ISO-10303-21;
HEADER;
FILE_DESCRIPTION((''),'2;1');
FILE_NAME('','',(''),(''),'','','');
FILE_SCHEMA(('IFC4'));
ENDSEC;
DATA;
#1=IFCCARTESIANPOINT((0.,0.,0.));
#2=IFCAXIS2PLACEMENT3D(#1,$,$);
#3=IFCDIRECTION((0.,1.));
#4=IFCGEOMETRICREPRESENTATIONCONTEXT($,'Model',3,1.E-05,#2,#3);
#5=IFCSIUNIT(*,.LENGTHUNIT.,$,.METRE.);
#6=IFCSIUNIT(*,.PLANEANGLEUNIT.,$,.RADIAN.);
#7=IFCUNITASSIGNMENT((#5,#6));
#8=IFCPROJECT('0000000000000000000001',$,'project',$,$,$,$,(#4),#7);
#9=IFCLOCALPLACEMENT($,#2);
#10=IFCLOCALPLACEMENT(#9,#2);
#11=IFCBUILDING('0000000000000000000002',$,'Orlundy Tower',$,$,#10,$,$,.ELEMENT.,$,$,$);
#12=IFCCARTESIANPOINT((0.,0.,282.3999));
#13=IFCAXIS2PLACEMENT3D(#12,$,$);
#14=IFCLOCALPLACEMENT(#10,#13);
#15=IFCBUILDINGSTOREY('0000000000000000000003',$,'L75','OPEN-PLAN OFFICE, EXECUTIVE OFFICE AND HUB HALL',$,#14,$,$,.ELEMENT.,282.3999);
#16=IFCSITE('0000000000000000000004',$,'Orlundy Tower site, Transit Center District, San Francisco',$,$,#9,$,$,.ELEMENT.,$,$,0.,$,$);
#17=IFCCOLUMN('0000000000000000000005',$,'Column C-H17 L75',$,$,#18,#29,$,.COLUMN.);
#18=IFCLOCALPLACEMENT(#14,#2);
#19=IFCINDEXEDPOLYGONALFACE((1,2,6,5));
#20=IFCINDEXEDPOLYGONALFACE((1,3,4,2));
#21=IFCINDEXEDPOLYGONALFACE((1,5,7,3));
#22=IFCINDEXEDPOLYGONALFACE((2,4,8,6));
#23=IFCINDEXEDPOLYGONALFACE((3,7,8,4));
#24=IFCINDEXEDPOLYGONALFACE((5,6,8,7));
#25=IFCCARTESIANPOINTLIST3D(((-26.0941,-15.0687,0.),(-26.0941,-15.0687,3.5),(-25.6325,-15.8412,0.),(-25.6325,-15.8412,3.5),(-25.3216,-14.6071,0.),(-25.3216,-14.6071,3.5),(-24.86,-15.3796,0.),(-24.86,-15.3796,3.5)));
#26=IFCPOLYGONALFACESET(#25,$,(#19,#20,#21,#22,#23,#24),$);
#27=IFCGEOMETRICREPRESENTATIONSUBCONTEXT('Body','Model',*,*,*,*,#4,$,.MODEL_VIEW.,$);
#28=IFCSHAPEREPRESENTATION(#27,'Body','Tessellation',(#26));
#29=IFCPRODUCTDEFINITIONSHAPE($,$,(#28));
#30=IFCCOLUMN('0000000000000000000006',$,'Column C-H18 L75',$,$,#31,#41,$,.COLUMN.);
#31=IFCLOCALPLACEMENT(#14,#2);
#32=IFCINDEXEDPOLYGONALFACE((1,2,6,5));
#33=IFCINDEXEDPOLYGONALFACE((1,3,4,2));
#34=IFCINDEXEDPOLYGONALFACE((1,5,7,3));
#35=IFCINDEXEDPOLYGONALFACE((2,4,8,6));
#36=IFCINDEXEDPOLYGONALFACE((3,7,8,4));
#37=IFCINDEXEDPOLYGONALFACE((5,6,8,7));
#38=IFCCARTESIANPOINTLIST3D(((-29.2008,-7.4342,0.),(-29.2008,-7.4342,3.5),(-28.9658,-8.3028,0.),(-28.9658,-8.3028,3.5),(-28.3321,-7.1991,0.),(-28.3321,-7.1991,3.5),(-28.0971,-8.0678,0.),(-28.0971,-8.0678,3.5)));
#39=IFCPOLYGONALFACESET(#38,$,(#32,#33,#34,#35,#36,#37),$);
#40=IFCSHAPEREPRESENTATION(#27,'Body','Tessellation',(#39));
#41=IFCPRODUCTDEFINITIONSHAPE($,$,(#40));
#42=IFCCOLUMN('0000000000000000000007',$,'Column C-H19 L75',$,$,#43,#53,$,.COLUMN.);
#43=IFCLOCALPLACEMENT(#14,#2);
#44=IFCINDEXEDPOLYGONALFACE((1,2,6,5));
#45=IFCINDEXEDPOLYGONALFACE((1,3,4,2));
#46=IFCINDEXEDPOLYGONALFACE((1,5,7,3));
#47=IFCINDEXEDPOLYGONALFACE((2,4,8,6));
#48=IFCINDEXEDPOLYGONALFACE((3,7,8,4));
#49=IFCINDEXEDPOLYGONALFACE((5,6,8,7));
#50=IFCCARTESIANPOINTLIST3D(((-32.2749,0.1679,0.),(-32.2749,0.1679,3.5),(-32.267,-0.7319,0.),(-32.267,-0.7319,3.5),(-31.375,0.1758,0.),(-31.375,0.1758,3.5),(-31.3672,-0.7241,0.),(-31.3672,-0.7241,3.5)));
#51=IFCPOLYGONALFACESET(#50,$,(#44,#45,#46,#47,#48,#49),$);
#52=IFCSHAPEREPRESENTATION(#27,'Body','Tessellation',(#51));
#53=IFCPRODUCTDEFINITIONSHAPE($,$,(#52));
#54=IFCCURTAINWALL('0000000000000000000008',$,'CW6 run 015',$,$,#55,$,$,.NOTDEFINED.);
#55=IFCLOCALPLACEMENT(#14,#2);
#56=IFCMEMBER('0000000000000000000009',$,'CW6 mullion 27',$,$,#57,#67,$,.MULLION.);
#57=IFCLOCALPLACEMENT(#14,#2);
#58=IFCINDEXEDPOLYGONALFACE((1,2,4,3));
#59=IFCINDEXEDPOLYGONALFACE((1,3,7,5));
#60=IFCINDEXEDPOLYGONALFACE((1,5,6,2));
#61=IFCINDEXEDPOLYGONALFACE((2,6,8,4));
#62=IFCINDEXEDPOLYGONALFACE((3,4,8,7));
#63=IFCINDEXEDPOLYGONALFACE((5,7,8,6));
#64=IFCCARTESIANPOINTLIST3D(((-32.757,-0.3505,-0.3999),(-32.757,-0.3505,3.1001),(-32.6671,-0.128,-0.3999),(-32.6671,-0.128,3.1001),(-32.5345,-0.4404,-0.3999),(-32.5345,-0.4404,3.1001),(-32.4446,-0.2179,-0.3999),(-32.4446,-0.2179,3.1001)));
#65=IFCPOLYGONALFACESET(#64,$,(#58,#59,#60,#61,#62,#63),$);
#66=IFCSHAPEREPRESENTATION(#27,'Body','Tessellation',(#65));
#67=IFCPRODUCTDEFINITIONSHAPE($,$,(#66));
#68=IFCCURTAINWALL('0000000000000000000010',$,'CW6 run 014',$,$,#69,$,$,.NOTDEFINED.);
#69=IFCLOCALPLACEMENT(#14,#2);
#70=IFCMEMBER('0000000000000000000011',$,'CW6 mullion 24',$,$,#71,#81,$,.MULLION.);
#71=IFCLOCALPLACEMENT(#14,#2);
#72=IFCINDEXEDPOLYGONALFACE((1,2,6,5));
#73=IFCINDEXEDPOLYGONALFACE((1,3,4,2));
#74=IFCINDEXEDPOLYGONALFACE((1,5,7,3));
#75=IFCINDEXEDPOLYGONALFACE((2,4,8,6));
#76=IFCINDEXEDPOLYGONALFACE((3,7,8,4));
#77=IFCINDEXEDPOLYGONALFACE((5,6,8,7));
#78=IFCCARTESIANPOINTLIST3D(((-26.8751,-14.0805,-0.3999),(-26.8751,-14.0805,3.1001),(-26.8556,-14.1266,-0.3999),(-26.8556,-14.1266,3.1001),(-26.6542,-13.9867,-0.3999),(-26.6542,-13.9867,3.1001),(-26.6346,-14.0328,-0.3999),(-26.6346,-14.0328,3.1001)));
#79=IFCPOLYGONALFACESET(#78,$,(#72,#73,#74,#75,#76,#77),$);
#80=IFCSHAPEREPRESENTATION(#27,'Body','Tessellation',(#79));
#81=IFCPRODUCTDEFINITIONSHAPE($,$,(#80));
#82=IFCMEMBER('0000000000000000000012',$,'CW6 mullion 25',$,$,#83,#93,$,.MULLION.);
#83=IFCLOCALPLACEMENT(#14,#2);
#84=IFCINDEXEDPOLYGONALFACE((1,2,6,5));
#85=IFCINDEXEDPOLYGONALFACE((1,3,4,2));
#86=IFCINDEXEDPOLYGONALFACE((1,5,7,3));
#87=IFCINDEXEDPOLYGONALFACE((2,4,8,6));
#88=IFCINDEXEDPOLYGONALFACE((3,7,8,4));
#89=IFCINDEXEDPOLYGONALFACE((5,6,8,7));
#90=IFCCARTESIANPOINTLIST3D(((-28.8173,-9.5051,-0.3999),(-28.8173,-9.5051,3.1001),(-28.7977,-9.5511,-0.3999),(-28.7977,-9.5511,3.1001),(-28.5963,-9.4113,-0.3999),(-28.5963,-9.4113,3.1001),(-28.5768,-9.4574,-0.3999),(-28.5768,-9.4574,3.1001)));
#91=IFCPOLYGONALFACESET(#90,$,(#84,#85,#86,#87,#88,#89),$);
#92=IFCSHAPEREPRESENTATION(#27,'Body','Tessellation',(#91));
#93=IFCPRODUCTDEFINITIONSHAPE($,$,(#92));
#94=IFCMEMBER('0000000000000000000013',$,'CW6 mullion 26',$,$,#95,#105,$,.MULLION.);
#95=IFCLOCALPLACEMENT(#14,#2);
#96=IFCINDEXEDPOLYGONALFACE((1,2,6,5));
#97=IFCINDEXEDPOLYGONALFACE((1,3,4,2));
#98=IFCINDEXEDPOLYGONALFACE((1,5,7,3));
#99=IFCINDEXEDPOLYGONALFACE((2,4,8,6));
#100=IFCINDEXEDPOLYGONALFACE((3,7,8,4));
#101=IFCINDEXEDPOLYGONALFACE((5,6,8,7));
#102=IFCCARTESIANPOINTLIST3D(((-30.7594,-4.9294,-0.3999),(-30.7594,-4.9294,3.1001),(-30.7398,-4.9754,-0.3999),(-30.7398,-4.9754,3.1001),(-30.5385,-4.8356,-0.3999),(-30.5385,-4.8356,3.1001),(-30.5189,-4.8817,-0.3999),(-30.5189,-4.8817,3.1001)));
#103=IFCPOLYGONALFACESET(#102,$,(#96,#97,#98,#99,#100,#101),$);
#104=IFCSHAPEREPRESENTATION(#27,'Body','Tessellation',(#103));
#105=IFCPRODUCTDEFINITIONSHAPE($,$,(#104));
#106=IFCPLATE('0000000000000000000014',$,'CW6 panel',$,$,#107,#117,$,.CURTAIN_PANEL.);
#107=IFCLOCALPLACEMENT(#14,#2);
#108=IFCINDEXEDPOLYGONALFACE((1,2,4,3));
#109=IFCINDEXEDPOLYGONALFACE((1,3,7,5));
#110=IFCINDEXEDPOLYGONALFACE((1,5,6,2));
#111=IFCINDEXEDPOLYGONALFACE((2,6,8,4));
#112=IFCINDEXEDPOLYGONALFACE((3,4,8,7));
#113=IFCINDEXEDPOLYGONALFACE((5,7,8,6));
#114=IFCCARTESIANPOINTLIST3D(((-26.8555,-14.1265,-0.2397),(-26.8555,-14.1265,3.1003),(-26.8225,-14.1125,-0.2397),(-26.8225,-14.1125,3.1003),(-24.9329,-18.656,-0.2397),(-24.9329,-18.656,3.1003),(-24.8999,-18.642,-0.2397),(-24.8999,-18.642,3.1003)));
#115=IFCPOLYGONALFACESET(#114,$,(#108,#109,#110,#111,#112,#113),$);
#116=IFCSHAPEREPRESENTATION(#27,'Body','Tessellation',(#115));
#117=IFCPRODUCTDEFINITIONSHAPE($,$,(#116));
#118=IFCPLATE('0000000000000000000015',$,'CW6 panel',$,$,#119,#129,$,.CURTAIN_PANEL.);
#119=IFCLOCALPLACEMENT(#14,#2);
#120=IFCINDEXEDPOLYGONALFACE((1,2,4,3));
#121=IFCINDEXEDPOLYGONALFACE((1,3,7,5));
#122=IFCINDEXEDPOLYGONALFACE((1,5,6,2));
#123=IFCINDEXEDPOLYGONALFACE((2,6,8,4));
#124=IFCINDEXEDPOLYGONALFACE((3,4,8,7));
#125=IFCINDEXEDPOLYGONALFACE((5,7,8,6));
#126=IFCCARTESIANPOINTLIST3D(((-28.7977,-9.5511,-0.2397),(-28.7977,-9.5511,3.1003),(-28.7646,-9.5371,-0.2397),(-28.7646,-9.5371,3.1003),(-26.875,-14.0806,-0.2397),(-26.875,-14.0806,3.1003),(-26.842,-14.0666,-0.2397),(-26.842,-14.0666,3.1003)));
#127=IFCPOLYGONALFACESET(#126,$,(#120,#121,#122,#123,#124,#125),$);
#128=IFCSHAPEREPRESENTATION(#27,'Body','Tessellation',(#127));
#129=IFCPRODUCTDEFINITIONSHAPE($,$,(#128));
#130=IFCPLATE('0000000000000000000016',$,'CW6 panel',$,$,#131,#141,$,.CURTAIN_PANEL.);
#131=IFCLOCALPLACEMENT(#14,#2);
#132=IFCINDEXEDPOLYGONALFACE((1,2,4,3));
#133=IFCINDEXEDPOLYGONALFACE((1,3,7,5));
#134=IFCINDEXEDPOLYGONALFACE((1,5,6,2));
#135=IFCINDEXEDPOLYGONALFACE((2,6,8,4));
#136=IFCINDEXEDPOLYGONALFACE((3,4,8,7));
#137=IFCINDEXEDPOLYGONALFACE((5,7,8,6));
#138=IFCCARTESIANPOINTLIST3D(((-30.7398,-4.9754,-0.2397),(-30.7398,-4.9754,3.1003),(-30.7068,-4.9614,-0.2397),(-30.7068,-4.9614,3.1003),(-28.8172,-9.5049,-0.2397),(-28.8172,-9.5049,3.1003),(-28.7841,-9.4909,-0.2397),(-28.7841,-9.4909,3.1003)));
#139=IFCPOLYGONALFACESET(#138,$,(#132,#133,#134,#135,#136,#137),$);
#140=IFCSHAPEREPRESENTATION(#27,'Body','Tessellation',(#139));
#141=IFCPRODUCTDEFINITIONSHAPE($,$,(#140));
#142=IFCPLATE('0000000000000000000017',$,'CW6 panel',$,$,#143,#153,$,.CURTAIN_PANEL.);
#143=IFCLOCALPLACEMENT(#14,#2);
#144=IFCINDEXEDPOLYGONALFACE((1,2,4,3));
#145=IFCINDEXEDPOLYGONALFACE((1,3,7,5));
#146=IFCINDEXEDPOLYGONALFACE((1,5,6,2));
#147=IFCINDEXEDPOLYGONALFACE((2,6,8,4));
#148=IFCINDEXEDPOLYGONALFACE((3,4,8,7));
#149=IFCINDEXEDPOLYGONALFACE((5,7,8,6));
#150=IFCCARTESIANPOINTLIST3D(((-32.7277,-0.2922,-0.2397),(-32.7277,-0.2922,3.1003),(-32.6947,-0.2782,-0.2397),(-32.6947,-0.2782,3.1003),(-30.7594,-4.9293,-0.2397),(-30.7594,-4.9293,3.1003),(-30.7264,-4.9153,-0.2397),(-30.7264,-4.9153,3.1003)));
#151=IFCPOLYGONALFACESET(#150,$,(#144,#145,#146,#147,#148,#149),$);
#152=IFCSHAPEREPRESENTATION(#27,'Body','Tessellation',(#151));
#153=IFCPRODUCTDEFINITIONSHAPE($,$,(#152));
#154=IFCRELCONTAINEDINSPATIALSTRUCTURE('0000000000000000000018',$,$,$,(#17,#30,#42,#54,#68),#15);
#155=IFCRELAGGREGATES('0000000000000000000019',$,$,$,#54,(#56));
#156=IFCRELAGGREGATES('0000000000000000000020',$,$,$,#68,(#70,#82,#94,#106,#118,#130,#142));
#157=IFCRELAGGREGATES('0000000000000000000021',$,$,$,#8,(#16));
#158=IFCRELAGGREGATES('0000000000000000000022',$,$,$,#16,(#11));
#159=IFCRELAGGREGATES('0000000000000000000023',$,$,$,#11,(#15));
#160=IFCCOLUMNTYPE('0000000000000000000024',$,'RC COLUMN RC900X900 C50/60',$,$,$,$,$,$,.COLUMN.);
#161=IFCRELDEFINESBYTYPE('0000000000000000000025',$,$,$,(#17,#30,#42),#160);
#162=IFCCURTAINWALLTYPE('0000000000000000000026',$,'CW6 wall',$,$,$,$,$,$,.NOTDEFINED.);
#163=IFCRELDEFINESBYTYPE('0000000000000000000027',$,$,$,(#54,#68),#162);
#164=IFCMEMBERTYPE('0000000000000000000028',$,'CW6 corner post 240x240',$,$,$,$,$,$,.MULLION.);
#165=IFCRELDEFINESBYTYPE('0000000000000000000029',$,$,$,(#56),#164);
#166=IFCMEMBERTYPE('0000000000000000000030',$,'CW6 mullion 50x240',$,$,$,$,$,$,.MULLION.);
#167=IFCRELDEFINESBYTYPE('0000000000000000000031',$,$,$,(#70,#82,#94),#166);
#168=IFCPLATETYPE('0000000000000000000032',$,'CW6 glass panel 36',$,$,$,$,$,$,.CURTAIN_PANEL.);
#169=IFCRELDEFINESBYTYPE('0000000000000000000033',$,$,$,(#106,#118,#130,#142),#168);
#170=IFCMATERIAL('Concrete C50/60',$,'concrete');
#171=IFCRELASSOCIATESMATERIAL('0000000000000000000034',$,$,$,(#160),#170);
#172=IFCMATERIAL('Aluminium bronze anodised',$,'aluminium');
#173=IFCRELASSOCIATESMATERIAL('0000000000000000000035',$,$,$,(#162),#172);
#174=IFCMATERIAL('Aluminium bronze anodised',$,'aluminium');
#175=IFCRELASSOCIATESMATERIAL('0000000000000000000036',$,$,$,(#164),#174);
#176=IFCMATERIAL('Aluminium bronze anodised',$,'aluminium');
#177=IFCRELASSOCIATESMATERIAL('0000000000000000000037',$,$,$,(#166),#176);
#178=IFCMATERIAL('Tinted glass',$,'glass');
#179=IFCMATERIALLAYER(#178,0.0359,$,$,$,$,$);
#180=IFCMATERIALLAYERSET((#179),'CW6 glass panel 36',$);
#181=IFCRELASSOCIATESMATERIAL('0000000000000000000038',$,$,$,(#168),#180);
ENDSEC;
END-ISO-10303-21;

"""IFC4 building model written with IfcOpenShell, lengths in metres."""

from ifc_helpers import new_model, si_unit, direction, frame, origin, origin_2d, place, context, subcontext, project, spatial, rectangle, extrude, material, layer, layer_set, material_profile, profile_set, type_object, element, aggregate, save


model = new_model("IFC4")

# Units and contexts
model_context = context("Model", 3, precision=1e-05, world=origin(), true_north=direction((0.0, 1.0)))
body_context = subcontext(model_context, "Body", "Model", "MODEL_VIEW")
ifc_project = project(units=[si_unit("LENGTHUNIT", "METRE"), si_unit("PLANEANGLEUNIT", "RADIAN")], contexts=[model_context])

# Site, building, storey
site_placement = place(None, origin())
site = spatial("IfcSite", under=ifc_project, at=site_placement, Name="Orlundy Tower site, Transit Center District, San Francisco", CompositionType="ELEMENT", RefElevation=0.0)
building_placement = place(site_placement, origin())
building = spatial("IfcBuilding", under=site, at=building_placement, Name="Orlundy Tower", CompositionType="ELEMENT")
storey_placement = place(building_placement, frame((0.0, 0.0, 282.3999)))
storey = spatial("IfcBuildingStorey", under=building, at=storey_placement, Name="L75", Description="OPEN-PLAN OFFICE, EXECUTIVE OFFICE AND HUB HALL", CompositionType="ELEMENT", Elevation=282.3999)

# Columns
ifc_material_1 = material(Name="Concrete C50/60", Category="concrete")
ifc_material_profile_1 = material_profile(ifc_material_1, rectangle(XDim=0.8999, YDim=0.8999, at=origin_2d()), Name="RC900X900")
ifc_profile_set_1 = profile_set([ifc_material_profile_1], Name="Concrete C50/60")
column_type = type_object("IfcColumnType", Name="RC COLUMN RC900X900 C50/60", PredefinedType="COLUMN", material=ifc_profile_set_1)
for number, where, z_axis, x_axis, name in (
    (1, (-25.4771, -15.2241, 0.0), (0.0, 0.0, 1.0), (-0.858414, -0.512957, 0.0), "Column C-H17 L75"),
    (2, (-28.6489, -7.751, 0.0), (0.0, 0.0, 1.0), (-0.965295, -0.261162, 0.0), "Column C-H18 L75"),
    (3, (-31.821, -0.2781, 0.0), (0.0, 0.0, 1.0), (-0.999962, -0.008744, 0.0), "Column C-H19 L75"),
):
    element("IfcColumn", number, at=place(storey_placement, frame(where, z_axis=z_axis, x_axis=x_axis)), inside=storey, type_object=column_type, Name=name, PredefinedType="COLUMN", context=body_context, shape_type="SweptSolid", body=[
        extrude(rectangle(XDim=0.8999, YDim=0.8999, at=origin_2d()), origin(), (0.0, 0.0, 1.0), 3.5),
    ])

# Curtain wall, member
ifc_material_2 = material(Name="Aluminium bronze anodised", Category="aluminium")
curtain_wall_type = type_object("IfcCurtainWallType", Name="CW6 wall", PredefinedType="NOTDEFINED", material=ifc_material_2)
curtain_wall_1_placement = place(storey_placement, origin())
curtain_wall_1 = element("IfcCurtainWall", 4, at=curtain_wall_1_placement, inside=storey, type_object=curtain_wall_type, Name="CW6 run 015", PredefinedType="NOTDEFINED")
ifc_material_3 = material(Name="Aluminium bronze anodised", Category="aluminium")
ifc_material_profile_2 = material_profile(ifc_material_3, rectangle(XDim=0.24, YDim=0.24, at=origin_2d()), Name="CW6 corner post 240x240")
ifc_profile_set_2 = profile_set([ifc_material_profile_2], Name="Aluminium bronze anodised")
member_type_1 = type_object("IfcMemberType", Name="CW6 corner post 240x240", PredefinedType="MULLION", material=ifc_profile_set_2)
member_1_placement = place(storey_placement, frame((-32.6008, -0.2842, -0.3999), z_axis=(0.0, 0.0, 1.0), x_axis=(-0.927184, 0.374607, 0.0)))
member_1 = element("IfcMember", 5, at=member_1_placement, type_object=member_type_1, Name="CW6 mullion 27", PredefinedType="MULLION", context=body_context, shape_type="SweptSolid", body=[
    extrude(rectangle(XDim=0.24, YDim=0.24, at=origin_2d()), origin(), (0.0, 0.0, 1.0), 3.5),
])
aggregate(curtain_wall_1, [member_1])

# Curtain wall, members, plates
curtain_wall_2_placement = place(storey_placement, origin())
curtain_wall_2 = element("IfcCurtainWall", 6, at=curtain_wall_2_placement, inside=storey, type_object=curtain_wall_type, Name="CW6 run 014", PredefinedType="NOTDEFINED")
ifc_material_4 = material(Name="Aluminium bronze anodised", Category="aluminium")
ifc_material_profile_3 = material_profile(ifc_material_4, rectangle(XDim=0.24, YDim=0.05, at=origin_2d()), Name="CW6 mullion 50x240")
ifc_profile_set_3 = profile_set([ifc_material_profile_3], Name="Aluminium bronze anodised")
member_type_2 = type_object("IfcMemberType", Name="CW6 mullion 50x240", PredefinedType="MULLION", material=ifc_profile_set_3)
member_2_placement = place(storey_placement, frame((-26.7549, -14.0566, -0.3999), z_axis=(0.0, 0.0, 1.0), x_axis=(-0.920507, -0.390727, 0.0)))
member_2 = element("IfcMember", 7, at=member_2_placement, type_object=member_type_2, Name="CW6 mullion 24", PredefinedType="MULLION", context=body_context, shape_type="SweptSolid", body=[
    extrude(rectangle(XDim=0.24, YDim=0.05, at=origin_2d()), origin(), (0.0, 0.0, 1.0), 3.5),
])
member_3_placement = place(storey_placement, frame((-28.697, -9.4812, -0.3999), z_axis=(0.0, 0.0, 1.0), x_axis=(-0.920507, -0.390727, 0.0)))
member_3 = element("IfcMember", 8, at=member_3_placement, type_object=member_type_2, Name="CW6 mullion 25", PredefinedType="MULLION", context=body_context, shape_type="SweptSolid", body=[
    extrude(rectangle(XDim=0.24, YDim=0.05, at=origin_2d()), origin(), (0.0, 0.0, 1.0), 3.5),
])
member_4_placement = place(storey_placement, frame((-30.6392, -4.9055, -0.3999), z_axis=(0.0, 0.0, 1.0), x_axis=(-0.920507, -0.390727, 0.0)))
member_4 = element("IfcMember", 9, at=member_4_placement, type_object=member_type_2, Name="CW6 mullion 26", PredefinedType="MULLION", context=body_context, shape_type="SweptSolid", body=[
    extrude(rectangle(XDim=0.24, YDim=0.05, at=origin_2d()), origin(), (0.0, 0.0, 1.0), 3.5),
])
ifc_material_5 = material(Name="Tinted glass", Category="glass")
ifc_layer_1 = layer(ifc_material_5, 0.0359)
ifc_layer_set_1 = layer_set([ifc_layer_1], Name="CW6 glass panel 36")
plate_type = type_object("IfcPlateType", Name="CW6 glass panel 36", PredefinedType="CURTAIN_PANEL", material=ifc_layer_set_1)
plate_1_placement = place(storey_placement, frame((-25.8777, -16.3843, -0.2397), z_axis=(0.0, 0.0, 1.0), x_axis=(-0.390727, 0.920507, 0.0)))
plate_1 = element("IfcPlate", 10, at=plate_1_placement, type_object=plate_type, Name="CW6 panel", PredefinedType="CURTAIN_PANEL", context=body_context, shape_type="SweptSolid", body=[
    extrude(rectangle(XDim=4.9207, YDim=0.0359, at=origin_2d()), origin(), (0.0, 0.0, 1.0), 3.3401),
])
plate_2_placement = place(storey_placement, frame((-27.8198, -11.8088, -0.2397), z_axis=(0.0, 0.0, 1.0), x_axis=(-0.390727, 0.920507, 0.0)))
plate_2 = element("IfcPlate", 11, at=plate_2_placement, type_object=plate_type, Name="CW6 panel", PredefinedType="CURTAIN_PANEL", context=body_context, shape_type="SweptSolid", body=[
    extrude(rectangle(XDim=4.9207, YDim=0.0359, at=origin_2d()), origin(), (0.0, 0.0, 1.0), 3.3401),
])
plate_3_placement = place(storey_placement, frame((-29.762, -7.2332, -0.2397), z_axis=(0.0, 0.0, 1.0), x_axis=(-0.390727, 0.920507, 0.0)))
plate_3 = element("IfcPlate", 12, at=plate_3_placement, type_object=plate_type, Name="CW6 panel", PredefinedType="CURTAIN_PANEL", context=body_context, shape_type="SweptSolid", body=[
    extrude(rectangle(XDim=4.9207, YDim=0.0359, at=origin_2d()), origin(), (0.0, 0.0, 1.0), 3.3401),
])
plate_4_placement = place(storey_placement, frame((-31.7271, -2.6038, -0.2397), z_axis=(0.0, 0.0, 1.0), x_axis=(-0.390727, 0.920507, 0.0)))
plate_4 = element("IfcPlate", 13, at=plate_4_placement, type_object=plate_type, Name="CW6 panel", PredefinedType="CURTAIN_PANEL", context=body_context, shape_type="SweptSolid", body=[
    extrude(rectangle(XDim=5.0376, YDim=0.0359, at=origin_2d()), origin(), (0.0, 0.0, 1.0), 3.3401),
])
aggregate(curtain_wall_2, [member_2, member_3, member_4, plate_1, plate_2, plate_3, plate_4])

save(model, "model.ifc")
